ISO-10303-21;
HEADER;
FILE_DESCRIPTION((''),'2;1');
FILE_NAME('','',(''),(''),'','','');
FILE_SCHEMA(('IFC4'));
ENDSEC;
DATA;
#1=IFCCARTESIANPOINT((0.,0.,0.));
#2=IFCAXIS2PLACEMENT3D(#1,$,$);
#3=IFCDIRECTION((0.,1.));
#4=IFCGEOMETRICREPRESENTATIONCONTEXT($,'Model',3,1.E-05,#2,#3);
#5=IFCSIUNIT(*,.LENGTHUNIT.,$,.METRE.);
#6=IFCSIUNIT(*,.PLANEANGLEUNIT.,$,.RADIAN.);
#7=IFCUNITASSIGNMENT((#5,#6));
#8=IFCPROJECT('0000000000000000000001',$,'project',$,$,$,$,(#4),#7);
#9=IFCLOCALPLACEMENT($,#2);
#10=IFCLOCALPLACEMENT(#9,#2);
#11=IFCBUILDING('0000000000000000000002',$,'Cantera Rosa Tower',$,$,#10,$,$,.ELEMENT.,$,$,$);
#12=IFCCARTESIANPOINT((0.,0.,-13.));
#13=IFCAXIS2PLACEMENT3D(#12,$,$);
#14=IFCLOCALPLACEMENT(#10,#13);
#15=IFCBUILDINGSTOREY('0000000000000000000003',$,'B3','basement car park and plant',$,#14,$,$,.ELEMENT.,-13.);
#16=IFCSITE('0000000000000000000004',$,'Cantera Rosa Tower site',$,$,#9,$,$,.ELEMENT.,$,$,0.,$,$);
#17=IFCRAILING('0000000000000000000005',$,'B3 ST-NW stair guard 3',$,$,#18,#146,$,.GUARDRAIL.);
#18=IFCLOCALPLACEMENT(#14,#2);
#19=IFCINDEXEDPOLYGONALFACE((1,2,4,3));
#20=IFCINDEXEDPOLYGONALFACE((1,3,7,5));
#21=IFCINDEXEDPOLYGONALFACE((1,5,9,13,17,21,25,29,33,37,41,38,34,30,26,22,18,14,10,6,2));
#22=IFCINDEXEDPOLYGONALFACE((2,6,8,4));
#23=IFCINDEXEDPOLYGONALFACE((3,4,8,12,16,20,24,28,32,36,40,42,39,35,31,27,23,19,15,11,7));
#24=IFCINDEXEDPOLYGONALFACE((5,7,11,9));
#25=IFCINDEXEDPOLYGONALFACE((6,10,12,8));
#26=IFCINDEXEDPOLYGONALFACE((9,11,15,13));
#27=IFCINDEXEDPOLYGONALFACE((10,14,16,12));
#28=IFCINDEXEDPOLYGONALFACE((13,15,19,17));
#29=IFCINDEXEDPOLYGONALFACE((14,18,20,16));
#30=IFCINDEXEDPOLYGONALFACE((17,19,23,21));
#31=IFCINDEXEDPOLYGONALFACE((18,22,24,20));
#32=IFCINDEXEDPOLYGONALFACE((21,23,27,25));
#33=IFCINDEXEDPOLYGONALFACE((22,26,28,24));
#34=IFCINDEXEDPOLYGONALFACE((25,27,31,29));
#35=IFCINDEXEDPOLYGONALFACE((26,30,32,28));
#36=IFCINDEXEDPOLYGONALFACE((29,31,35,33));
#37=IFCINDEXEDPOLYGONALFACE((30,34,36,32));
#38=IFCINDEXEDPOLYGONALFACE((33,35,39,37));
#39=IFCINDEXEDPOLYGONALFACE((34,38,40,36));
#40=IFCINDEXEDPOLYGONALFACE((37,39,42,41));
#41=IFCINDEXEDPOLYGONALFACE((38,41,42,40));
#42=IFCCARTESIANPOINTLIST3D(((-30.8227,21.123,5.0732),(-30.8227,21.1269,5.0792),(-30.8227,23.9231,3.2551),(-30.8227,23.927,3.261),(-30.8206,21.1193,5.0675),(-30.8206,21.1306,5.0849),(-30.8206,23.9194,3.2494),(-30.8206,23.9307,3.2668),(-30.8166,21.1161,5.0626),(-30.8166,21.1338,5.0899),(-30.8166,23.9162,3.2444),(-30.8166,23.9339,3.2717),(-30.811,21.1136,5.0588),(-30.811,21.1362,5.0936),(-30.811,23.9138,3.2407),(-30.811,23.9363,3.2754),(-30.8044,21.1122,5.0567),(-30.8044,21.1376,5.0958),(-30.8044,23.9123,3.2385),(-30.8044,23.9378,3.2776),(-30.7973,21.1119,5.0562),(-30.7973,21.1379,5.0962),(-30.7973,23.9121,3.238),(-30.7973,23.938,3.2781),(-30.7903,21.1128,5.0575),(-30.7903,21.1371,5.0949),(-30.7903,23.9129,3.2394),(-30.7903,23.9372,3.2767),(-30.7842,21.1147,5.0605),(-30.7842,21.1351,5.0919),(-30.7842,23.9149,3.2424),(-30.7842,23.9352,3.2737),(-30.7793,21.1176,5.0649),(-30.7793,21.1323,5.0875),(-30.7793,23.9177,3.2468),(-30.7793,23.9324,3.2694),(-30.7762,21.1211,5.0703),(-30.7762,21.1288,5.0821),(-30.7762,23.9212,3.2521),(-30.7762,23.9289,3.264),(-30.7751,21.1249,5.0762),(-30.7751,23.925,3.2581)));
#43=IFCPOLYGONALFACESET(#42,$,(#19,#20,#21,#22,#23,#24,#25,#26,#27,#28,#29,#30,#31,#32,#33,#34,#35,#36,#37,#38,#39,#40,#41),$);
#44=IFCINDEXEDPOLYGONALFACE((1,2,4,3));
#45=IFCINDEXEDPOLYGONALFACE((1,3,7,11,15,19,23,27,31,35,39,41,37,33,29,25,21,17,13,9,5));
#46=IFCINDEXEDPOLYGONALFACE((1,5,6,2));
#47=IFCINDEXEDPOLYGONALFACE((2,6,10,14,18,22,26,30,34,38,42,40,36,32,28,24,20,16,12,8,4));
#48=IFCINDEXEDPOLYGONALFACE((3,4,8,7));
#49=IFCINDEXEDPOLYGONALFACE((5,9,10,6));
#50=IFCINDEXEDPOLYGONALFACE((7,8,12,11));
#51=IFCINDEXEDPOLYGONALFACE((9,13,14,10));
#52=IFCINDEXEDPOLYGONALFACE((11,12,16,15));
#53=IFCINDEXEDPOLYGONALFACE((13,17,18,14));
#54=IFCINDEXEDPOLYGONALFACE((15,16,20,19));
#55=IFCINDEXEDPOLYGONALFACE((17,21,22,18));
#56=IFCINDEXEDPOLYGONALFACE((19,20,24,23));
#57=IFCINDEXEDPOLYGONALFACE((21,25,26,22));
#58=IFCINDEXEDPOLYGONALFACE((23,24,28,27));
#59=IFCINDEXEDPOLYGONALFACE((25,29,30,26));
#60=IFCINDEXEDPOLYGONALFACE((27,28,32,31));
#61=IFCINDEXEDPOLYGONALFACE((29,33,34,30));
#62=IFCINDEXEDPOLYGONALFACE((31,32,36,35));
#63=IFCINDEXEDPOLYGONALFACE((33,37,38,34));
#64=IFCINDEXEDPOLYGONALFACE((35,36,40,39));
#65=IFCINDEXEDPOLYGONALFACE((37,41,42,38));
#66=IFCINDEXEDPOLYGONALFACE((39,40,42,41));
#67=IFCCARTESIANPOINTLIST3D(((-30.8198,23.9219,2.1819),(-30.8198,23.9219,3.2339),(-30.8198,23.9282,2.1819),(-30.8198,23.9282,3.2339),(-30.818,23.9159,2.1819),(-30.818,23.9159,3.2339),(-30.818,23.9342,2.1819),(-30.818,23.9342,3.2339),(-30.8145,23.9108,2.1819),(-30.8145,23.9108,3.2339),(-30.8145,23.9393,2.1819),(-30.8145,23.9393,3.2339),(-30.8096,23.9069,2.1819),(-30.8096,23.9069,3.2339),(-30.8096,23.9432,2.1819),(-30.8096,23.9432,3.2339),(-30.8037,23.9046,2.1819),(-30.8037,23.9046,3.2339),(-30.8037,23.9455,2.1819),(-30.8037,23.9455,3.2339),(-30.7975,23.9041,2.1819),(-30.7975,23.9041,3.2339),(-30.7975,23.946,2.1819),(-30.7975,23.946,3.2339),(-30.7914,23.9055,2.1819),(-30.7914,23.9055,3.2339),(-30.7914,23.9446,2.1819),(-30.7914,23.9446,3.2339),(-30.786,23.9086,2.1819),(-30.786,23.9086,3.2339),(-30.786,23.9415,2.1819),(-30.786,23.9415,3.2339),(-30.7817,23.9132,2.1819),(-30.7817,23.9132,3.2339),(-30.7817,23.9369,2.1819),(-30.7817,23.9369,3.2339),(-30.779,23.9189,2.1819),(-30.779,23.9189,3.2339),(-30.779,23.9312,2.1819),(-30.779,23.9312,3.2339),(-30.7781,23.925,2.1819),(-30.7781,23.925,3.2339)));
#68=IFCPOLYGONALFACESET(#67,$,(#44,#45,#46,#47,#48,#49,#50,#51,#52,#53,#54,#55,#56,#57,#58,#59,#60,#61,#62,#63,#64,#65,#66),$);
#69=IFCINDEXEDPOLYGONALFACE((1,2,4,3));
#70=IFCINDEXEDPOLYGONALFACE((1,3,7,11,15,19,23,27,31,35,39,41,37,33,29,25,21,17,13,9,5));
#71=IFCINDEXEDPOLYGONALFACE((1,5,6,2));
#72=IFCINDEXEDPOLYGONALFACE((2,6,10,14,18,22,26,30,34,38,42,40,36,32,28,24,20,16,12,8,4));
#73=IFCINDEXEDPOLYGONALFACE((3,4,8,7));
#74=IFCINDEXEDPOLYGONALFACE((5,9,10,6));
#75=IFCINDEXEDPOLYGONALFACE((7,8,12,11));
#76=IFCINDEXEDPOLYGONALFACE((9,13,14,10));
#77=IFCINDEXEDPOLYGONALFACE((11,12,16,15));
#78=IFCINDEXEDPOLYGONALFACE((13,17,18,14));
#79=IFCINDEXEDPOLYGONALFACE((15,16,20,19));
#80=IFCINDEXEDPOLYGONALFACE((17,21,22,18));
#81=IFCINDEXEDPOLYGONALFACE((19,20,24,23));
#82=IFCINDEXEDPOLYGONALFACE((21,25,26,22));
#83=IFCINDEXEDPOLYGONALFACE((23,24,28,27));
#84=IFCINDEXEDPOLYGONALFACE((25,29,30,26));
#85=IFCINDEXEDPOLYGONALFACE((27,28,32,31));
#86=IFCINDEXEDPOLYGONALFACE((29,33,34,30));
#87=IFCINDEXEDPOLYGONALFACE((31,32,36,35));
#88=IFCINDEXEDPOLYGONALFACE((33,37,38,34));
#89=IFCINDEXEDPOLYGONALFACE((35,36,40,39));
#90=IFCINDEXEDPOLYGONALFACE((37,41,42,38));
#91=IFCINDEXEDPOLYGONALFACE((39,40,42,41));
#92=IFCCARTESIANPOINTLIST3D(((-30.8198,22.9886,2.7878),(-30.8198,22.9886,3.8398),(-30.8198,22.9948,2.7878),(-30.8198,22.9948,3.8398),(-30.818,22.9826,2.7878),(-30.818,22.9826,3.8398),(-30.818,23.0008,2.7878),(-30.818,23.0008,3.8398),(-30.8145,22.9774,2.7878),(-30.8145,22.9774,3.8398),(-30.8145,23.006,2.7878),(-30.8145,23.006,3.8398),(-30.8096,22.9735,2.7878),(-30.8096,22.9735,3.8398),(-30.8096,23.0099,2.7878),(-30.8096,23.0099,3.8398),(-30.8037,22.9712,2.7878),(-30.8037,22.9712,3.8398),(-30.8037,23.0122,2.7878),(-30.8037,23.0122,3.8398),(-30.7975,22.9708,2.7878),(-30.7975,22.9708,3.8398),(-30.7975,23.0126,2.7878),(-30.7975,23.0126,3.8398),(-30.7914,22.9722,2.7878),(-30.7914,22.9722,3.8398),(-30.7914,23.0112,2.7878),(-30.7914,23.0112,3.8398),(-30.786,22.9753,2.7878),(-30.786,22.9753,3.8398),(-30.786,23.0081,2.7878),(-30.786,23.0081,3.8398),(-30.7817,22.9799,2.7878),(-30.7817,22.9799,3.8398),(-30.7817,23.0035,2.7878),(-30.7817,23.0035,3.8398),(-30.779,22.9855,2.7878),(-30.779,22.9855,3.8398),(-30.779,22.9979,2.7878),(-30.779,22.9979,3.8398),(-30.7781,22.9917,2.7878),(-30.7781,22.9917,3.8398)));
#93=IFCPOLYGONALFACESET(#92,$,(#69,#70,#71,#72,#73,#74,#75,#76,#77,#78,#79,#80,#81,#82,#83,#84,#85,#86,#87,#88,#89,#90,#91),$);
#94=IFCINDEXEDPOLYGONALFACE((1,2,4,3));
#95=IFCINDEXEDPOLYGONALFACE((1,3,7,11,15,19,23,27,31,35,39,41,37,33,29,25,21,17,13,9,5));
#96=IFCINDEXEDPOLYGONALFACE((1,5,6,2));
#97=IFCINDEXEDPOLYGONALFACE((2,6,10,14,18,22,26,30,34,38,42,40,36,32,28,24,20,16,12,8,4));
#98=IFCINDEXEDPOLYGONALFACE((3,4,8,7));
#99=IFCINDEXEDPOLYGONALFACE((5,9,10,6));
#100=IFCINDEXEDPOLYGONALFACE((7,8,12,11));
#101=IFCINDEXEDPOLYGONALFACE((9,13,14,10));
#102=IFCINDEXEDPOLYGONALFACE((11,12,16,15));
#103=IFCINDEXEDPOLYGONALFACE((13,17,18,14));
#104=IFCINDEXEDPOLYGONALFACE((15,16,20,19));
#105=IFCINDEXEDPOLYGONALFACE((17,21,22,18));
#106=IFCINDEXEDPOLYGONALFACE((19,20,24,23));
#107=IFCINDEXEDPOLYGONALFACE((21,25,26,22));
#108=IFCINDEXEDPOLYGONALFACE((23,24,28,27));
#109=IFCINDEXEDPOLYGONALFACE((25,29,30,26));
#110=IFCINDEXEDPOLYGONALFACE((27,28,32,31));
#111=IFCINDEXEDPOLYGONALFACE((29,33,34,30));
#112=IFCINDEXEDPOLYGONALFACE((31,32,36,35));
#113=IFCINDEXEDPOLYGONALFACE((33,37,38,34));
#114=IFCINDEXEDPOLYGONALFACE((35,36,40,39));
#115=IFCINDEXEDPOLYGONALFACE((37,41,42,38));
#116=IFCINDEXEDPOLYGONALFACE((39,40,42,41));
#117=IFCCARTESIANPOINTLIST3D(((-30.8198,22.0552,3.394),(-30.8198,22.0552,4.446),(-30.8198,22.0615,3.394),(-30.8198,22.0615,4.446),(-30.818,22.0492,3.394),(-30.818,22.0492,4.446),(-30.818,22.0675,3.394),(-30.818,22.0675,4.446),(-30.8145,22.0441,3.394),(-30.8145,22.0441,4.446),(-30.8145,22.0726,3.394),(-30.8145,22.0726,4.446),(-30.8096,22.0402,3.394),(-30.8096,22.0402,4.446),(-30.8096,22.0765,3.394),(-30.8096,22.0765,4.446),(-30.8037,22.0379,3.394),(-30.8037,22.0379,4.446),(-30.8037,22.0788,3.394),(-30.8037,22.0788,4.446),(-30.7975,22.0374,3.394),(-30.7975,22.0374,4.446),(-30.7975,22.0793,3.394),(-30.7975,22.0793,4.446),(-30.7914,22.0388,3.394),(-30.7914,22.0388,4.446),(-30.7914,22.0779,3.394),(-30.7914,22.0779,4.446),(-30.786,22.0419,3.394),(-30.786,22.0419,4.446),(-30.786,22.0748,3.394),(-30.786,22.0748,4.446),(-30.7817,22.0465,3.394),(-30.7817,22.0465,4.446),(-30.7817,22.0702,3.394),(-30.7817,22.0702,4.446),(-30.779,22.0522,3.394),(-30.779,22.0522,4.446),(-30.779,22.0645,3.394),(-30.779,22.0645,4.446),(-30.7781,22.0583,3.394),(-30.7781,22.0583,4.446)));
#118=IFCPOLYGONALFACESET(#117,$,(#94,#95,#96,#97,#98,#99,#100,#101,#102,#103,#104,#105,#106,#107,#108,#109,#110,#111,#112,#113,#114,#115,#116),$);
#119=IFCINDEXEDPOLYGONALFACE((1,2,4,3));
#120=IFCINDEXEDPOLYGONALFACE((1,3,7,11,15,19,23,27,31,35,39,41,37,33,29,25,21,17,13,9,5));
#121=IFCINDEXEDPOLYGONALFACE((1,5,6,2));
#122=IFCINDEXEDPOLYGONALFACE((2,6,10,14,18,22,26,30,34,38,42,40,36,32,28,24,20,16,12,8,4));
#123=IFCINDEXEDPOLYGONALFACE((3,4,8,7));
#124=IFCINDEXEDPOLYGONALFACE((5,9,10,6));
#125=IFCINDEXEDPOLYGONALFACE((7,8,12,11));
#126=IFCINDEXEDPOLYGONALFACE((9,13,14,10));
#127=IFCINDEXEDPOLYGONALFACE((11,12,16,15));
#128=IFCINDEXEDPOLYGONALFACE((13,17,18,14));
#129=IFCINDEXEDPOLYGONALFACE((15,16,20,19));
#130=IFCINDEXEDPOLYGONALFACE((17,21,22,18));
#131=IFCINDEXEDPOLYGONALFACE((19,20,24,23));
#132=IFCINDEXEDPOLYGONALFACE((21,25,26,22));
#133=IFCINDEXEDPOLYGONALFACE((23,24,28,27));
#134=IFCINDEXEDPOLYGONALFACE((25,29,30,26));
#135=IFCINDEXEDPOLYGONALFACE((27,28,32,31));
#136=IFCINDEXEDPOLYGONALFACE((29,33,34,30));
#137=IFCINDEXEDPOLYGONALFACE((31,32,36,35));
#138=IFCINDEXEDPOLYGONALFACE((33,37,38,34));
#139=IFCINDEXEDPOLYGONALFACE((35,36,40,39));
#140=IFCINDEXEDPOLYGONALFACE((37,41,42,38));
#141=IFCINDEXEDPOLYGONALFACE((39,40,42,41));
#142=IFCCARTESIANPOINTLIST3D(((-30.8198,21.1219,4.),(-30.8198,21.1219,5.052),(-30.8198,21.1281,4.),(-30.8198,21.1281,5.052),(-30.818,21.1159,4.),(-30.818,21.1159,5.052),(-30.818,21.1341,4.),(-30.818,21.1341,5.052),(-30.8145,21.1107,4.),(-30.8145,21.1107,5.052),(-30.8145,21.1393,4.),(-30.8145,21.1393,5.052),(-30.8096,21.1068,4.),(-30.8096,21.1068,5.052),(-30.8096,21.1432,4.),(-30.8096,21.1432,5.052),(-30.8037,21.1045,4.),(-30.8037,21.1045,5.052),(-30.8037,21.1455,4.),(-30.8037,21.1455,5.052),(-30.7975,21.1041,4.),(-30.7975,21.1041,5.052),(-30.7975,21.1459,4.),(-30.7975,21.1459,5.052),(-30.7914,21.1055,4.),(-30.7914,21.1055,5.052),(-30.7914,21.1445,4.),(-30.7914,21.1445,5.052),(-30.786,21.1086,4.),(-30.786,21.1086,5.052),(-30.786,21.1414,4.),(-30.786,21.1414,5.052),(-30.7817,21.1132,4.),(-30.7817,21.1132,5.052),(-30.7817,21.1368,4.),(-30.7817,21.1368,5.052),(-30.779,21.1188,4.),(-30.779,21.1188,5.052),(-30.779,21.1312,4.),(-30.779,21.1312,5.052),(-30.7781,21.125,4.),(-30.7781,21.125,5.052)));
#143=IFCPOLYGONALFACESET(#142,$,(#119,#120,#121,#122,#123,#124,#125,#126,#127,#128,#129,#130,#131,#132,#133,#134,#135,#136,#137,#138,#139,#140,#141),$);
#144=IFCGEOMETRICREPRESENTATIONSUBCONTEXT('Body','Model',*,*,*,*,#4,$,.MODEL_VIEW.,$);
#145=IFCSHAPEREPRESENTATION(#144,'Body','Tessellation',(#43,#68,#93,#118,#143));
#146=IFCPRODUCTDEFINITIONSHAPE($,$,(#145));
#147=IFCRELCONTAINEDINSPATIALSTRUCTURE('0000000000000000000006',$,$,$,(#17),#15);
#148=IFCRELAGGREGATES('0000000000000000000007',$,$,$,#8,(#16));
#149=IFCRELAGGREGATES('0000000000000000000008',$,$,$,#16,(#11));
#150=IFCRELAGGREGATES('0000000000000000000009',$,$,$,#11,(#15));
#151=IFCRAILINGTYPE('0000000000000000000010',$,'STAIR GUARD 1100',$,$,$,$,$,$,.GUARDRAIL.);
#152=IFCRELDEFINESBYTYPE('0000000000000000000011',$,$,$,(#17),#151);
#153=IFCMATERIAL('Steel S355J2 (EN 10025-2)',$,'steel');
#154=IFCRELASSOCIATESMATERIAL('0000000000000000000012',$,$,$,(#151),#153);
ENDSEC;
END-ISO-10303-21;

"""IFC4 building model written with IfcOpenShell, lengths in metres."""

from ifc_helpers import new_model, si_unit, direction, frame, origin, origin_2d, place, context, subcontext, project, spatial, circle, extrude, material, type_object, element, save


model = new_model("IFC4")

# Units and contexts
model_context = context("Model", 3, precision=1e-05, world=origin(), true_north=direction((0.0, 1.0)))
body_context = subcontext(model_context, "Body", "Model", "MODEL_VIEW")
ifc_project = project(units=[si_unit("LENGTHUNIT", "METRE"), si_unit("PLANEANGLEUNIT", "RADIAN")], contexts=[model_context])

# Site, building, storey
site_placement = place(None, origin())
site = spatial("IfcSite", under=ifc_project, at=site_placement, Name="Cantera Rosa Tower site", CompositionType="ELEMENT", RefElevation=0.0)
building_placement = place(site_placement, origin())
building = spatial("IfcBuilding", under=site, at=building_placement, Name="Cantera Rosa Tower", CompositionType="ELEMENT")
storey_placement = place(building_placement, frame((0.0, 0.0, -13.0)))
storey = spatial("IfcBuildingStorey", under=building, at=storey_placement, Name="B3", Description="basement car park and plant", CompositionType="ELEMENT", Elevation=-13.0)

# Railing
ifc_material_1 = material(Name="Steel S355J2 (EN 10025-2)", Category="steel")
railing_type_1 = type_object("IfcRailingType", Name="STAIR GUARD 1100", PredefinedType="GUARDRAIL", material=ifc_material_1)
railing_1_placement = place(storey_placement, frame((-30.7991, 23.925, 2.1819)))
element("IfcRailing", 1, at=railing_1_placement, inside=storey, type_object=railing_type_1, Name="B3 ST-NW stair guard 3", PredefinedType="GUARDRAIL", context=body_context, shape_type="SweptSolid", body=[
    extrude(circle(Radius=0.0239, at=origin_2d()), frame((0.0, 0.0, 1.0762), z_axis=(0.0, -0.838706, 0.544585), x_axis=(1.0, 0.0, 0.0)), (0.0, 0.0, 1.0), 3.3386),
    extrude(circle(Radius=0.021, at=origin_2d()), origin(), (0.0, 0.0, 1.0), 1.052),
    extrude(circle(Radius=0.021, at=origin_2d()), frame((0.0, -0.9333, 0.606)), (0.0, 0.0, 1.0), 1.052),
    extrude(circle(Radius=0.021, at=origin_2d()), frame((0.0, -1.8667, 1.2122)), (0.0, 0.0, 1.0), 1.052),
    extrude(circle(Radius=0.021, at=origin_2d()), frame((0.0, -2.8, 1.8181)), (0.0, 0.0, 1.0), 1.052),
])

save(model, "model.ifc")
